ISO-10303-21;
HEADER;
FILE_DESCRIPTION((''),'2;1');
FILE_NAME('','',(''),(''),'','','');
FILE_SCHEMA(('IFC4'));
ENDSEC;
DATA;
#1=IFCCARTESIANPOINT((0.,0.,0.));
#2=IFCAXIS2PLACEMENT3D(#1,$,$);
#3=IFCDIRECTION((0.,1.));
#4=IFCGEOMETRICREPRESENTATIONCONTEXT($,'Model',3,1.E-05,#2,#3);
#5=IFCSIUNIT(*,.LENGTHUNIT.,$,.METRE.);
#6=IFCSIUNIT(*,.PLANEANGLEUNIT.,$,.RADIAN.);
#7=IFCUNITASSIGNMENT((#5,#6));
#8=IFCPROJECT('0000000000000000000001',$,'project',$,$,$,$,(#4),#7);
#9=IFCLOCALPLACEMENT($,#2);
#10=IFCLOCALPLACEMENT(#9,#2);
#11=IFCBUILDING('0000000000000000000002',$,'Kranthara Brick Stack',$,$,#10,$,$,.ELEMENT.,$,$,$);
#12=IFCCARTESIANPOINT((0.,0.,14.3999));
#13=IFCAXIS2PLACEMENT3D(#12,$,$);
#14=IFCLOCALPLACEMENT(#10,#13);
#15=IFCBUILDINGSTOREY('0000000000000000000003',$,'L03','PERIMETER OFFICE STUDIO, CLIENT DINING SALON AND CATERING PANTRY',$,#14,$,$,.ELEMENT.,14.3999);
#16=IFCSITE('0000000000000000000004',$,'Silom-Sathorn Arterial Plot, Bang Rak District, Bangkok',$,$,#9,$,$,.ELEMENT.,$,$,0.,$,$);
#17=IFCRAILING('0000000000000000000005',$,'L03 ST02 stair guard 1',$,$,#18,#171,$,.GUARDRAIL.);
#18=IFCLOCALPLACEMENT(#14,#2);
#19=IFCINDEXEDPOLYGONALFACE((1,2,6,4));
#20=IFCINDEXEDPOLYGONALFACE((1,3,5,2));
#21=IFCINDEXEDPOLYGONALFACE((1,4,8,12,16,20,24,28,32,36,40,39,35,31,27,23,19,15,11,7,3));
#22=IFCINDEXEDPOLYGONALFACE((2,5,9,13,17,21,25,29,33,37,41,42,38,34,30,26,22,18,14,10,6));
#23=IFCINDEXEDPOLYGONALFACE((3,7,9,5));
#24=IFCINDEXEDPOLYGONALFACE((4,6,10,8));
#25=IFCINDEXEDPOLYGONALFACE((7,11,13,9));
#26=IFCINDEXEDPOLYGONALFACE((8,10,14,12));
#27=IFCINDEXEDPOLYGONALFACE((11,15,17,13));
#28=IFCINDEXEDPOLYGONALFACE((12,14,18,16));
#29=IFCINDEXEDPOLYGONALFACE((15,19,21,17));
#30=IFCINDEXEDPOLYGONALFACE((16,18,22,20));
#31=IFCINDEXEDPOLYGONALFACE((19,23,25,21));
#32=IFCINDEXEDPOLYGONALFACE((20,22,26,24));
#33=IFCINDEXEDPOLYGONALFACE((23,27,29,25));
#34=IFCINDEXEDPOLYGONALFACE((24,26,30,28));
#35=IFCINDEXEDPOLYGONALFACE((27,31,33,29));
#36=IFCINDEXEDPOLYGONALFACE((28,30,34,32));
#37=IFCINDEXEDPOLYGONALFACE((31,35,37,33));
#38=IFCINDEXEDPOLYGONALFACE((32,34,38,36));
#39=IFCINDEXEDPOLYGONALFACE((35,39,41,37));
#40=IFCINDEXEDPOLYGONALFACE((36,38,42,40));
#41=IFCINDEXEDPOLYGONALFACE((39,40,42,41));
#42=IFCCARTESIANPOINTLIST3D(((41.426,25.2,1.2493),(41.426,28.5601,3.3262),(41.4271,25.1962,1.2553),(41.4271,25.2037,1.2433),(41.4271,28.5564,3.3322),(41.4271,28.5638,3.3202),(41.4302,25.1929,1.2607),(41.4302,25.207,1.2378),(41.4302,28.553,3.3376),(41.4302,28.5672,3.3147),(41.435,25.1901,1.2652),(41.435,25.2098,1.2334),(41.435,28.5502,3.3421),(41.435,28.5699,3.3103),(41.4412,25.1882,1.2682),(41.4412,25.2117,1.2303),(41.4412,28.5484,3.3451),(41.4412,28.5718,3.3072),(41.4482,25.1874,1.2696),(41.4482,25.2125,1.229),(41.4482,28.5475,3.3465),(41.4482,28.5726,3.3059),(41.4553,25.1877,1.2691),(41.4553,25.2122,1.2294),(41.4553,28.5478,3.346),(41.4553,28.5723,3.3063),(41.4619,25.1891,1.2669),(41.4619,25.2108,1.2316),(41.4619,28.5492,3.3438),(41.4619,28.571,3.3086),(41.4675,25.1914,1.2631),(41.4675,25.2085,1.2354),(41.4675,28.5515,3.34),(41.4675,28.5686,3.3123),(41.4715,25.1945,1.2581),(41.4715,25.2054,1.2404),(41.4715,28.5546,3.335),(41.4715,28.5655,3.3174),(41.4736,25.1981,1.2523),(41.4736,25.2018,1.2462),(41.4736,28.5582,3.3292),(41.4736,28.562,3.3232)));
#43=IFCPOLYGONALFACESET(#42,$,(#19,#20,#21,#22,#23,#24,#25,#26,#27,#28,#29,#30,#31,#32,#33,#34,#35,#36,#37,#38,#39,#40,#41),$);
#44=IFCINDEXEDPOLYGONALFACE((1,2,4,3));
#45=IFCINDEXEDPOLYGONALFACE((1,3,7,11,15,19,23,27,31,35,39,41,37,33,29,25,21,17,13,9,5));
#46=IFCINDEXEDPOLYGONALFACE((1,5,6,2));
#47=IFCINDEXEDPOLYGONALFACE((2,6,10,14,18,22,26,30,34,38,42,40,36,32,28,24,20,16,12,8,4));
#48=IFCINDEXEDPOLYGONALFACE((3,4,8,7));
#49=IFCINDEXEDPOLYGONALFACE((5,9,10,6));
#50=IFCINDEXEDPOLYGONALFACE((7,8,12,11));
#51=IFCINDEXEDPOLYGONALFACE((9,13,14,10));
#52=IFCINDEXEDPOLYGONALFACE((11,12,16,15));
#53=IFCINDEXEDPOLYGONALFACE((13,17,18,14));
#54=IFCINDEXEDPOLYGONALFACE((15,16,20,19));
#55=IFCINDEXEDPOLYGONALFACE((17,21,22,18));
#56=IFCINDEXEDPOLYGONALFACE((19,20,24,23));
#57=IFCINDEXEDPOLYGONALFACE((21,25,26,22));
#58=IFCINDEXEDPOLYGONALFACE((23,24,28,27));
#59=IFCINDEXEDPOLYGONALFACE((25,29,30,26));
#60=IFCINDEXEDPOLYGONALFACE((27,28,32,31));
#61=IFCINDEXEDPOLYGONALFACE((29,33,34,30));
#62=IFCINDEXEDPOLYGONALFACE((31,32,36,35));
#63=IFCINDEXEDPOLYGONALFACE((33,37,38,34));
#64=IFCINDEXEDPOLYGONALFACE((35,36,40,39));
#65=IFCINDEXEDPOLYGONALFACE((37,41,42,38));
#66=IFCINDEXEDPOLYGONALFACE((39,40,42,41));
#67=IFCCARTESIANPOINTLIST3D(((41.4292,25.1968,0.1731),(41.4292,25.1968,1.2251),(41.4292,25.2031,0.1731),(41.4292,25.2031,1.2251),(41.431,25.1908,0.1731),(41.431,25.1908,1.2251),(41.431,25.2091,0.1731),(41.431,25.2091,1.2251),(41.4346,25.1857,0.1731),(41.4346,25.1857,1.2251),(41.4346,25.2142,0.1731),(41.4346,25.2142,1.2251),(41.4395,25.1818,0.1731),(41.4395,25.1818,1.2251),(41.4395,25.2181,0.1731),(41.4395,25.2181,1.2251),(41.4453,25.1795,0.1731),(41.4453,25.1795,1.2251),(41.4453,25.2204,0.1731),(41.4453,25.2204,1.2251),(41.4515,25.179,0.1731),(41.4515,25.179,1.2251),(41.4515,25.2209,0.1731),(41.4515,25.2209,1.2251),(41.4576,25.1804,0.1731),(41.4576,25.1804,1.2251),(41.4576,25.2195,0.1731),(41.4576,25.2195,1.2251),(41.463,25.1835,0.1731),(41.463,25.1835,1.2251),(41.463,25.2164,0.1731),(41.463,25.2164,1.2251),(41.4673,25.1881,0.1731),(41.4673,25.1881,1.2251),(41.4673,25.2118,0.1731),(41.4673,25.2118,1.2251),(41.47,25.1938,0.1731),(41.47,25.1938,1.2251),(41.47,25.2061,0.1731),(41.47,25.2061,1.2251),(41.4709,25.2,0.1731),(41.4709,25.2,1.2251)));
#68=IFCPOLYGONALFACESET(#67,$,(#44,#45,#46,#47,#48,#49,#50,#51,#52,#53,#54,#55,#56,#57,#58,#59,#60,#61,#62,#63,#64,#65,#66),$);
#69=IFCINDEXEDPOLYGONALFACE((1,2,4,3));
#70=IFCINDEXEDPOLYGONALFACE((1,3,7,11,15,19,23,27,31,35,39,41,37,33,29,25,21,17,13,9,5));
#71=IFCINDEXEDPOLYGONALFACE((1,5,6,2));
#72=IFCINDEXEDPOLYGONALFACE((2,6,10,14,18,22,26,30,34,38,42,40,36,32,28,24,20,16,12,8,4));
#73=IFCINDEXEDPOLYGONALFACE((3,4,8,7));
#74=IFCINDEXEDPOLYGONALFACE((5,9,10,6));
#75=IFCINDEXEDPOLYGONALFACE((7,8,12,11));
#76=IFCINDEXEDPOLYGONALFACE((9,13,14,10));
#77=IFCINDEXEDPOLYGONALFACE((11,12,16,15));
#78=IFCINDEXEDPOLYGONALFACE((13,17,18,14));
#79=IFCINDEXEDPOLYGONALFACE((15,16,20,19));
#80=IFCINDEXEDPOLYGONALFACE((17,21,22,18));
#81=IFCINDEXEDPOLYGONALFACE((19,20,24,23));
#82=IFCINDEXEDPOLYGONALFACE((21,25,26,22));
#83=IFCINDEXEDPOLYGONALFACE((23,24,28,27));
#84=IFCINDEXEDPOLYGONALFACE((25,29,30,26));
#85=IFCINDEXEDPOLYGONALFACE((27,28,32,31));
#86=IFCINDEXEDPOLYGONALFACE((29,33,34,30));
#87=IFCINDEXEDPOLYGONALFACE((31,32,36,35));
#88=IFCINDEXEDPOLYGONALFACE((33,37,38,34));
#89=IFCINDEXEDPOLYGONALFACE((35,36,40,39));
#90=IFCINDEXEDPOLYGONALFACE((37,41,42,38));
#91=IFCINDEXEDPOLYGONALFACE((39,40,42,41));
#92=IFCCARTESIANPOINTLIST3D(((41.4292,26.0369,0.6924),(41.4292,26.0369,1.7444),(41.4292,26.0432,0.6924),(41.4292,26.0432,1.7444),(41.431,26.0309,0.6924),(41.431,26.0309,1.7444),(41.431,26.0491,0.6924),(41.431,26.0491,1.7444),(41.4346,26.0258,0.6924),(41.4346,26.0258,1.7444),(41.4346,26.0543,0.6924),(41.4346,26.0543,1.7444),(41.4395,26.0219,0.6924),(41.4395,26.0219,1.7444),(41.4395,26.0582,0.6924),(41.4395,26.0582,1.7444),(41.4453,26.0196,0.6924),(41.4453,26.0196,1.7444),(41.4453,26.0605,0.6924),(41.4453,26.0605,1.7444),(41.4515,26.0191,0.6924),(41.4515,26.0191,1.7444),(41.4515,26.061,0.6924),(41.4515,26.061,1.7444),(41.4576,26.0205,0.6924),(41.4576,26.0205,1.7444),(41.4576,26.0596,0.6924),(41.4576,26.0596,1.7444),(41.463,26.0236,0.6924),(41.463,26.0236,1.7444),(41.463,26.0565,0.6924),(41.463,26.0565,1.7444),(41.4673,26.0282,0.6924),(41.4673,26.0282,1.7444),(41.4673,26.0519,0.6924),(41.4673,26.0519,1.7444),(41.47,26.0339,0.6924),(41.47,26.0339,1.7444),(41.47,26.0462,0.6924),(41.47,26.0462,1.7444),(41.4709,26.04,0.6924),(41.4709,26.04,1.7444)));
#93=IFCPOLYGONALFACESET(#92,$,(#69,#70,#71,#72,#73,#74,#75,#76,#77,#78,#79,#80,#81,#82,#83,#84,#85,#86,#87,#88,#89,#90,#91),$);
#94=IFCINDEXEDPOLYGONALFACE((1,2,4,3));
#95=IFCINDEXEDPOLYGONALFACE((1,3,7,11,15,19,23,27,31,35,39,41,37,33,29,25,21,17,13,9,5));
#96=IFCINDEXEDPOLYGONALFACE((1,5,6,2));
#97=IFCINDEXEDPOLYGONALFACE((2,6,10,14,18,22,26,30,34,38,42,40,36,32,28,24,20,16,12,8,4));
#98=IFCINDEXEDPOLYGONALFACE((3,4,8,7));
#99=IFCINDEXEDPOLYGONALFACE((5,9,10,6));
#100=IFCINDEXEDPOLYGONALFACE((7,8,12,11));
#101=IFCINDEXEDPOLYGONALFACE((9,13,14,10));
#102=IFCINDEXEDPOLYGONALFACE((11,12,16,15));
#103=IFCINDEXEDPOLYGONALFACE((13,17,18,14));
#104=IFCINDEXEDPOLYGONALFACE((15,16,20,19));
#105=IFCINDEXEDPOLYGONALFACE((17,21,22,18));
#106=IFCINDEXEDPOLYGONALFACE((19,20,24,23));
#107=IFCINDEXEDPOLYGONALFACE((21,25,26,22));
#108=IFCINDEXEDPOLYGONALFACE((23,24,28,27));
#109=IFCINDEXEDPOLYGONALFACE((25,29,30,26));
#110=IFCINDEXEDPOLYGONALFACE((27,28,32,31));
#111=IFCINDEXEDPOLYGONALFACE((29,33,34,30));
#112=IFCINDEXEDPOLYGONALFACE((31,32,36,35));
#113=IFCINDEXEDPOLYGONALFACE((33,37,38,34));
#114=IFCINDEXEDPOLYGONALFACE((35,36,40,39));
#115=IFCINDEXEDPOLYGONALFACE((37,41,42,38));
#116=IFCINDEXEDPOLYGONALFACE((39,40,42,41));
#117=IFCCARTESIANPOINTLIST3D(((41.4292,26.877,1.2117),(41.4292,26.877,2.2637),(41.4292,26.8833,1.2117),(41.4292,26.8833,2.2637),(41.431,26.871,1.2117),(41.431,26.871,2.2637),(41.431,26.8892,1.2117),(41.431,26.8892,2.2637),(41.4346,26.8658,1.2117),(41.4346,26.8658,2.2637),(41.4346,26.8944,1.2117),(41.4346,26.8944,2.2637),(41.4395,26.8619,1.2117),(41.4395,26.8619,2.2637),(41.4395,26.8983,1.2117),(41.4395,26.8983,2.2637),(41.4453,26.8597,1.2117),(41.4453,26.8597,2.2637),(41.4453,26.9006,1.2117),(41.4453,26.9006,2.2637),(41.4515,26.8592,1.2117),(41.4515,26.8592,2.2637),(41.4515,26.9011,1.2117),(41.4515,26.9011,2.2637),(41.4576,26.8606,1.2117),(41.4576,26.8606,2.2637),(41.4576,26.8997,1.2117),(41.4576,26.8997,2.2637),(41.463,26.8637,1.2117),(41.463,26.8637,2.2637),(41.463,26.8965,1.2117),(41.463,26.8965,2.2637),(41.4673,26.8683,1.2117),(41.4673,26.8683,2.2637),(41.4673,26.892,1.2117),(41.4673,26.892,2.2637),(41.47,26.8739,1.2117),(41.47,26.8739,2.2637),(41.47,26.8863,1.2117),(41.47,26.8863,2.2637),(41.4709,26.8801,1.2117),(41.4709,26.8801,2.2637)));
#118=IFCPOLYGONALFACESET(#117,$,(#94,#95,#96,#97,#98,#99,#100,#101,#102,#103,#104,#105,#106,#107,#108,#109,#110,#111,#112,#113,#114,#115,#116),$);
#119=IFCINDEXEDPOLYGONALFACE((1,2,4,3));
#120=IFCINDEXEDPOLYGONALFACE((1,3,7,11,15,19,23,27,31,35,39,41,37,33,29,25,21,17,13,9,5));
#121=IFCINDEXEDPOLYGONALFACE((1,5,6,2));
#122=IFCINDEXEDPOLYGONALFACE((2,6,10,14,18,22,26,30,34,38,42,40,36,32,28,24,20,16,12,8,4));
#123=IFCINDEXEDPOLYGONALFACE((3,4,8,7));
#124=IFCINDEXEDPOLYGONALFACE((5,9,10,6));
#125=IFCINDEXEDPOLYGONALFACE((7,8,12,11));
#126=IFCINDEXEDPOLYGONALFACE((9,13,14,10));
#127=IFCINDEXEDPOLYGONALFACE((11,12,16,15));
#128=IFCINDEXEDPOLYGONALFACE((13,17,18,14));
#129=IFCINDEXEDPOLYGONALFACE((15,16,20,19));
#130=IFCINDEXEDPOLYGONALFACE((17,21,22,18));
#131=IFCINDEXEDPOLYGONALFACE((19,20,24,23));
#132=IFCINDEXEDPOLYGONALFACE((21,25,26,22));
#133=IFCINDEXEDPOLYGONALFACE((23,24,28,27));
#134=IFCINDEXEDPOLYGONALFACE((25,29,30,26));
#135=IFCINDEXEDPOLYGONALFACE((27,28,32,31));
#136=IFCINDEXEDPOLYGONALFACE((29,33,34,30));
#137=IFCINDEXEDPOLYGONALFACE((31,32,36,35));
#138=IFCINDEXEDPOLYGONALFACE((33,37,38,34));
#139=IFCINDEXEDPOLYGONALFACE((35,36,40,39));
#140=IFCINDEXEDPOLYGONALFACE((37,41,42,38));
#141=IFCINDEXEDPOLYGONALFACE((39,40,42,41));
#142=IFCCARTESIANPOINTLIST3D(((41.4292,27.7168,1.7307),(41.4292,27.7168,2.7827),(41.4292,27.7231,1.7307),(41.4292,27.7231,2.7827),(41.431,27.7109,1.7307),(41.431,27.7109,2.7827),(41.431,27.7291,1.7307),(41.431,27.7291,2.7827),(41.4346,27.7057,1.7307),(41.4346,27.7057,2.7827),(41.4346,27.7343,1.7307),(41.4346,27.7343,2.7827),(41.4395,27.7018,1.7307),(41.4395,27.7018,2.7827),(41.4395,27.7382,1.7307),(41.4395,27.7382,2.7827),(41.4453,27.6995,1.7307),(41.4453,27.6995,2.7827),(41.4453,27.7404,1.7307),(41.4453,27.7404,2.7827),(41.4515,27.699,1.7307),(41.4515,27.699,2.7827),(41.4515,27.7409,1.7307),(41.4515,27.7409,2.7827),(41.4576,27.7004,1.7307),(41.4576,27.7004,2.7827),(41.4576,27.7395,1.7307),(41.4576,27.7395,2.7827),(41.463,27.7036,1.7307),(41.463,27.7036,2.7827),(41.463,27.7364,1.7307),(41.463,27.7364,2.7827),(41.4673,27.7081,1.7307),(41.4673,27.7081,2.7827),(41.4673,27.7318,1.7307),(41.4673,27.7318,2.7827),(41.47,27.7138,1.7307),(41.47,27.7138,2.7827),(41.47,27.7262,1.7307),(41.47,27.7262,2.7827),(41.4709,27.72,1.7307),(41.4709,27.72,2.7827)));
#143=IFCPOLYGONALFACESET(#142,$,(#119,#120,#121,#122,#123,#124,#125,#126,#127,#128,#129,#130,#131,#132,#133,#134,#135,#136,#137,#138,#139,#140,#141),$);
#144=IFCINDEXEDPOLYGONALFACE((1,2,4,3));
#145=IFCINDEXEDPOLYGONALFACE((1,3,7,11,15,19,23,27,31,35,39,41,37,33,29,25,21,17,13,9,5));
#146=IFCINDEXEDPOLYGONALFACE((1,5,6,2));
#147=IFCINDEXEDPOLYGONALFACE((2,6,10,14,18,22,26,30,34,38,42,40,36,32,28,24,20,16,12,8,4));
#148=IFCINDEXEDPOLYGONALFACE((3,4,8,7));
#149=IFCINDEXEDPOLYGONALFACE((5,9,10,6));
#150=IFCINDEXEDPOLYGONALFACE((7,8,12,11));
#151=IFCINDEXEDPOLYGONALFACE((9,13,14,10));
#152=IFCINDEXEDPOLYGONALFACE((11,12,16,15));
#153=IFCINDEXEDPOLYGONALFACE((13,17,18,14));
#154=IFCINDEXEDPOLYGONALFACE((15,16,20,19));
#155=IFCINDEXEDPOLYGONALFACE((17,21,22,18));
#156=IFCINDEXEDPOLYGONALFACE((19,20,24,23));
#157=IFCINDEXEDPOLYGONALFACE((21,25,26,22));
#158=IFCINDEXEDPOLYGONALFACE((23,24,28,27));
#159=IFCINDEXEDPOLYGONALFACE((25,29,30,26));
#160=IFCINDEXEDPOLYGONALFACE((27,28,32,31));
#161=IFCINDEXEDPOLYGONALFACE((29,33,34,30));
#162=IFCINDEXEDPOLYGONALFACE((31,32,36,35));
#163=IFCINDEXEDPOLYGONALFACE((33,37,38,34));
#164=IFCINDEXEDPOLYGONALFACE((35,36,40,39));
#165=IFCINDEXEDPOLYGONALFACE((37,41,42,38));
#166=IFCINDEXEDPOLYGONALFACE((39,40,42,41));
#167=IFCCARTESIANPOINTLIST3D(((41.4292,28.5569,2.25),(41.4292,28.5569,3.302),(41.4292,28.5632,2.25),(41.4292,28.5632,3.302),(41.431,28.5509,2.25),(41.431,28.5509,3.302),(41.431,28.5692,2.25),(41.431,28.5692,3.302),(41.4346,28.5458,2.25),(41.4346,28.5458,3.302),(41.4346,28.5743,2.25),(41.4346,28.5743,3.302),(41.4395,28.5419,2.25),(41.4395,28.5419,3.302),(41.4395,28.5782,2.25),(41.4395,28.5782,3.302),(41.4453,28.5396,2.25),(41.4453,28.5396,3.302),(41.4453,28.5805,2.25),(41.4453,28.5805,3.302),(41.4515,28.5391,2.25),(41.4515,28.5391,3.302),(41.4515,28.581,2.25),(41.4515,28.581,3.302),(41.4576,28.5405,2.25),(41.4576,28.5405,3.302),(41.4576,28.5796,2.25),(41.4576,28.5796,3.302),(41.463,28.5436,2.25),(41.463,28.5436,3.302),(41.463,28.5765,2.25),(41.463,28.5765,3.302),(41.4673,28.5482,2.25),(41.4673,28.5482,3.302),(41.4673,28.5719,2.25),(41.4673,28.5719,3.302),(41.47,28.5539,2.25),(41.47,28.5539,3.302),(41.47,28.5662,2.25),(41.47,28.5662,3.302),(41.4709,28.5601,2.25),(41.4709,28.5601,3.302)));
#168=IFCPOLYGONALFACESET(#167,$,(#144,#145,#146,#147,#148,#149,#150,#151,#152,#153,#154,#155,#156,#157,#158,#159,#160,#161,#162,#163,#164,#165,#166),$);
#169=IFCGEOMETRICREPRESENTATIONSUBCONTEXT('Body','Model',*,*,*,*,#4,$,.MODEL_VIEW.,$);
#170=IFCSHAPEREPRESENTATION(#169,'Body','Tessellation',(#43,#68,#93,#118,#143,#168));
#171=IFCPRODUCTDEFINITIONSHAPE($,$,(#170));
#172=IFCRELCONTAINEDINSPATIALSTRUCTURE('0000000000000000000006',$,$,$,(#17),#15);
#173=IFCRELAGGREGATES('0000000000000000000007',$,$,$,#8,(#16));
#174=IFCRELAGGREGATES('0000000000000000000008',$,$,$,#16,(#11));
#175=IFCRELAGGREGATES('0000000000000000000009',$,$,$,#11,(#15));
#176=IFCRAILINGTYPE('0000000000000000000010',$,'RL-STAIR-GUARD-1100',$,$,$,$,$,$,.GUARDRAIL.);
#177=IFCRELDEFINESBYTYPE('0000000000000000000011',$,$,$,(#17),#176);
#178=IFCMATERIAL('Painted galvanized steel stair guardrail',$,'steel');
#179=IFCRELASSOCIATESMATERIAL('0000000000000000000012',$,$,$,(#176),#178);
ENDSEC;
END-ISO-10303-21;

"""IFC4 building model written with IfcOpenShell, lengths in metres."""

from ifc_helpers import new_model, si_unit, direction, frame, origin, origin_2d, place, context, subcontext, project, spatial, circle, extrude, material, type_object, element, save


model = new_model("IFC4")

# Units and contexts
model_context = context("Model", 3, precision=1e-05, world=origin(), true_north=direction((0.0, 1.0)))
body_context = subcontext(model_context, "Body", "Model", "MODEL_VIEW")
ifc_project = project(units=[si_unit("LENGTHUNIT", "METRE"), si_unit("PLANEANGLEUNIT", "RADIAN")], contexts=[model_context])

# Site, building, storey
site_placement = place(None, origin())
site = spatial("IfcSite", under=ifc_project, at=site_placement, Name="Silom-Sathorn Arterial Plot, Bang Rak District, Bangkok", CompositionType="ELEMENT", RefElevation=0.0)
building_placement = place(site_placement, origin())
building = spatial("IfcBuilding", under=site, at=building_placement, Name="Kranthara Brick Stack", CompositionType="ELEMENT")
storey_placement = place(building_placement, frame((0.0, 0.0, 14.3999)))
storey = spatial("IfcBuildingStorey", under=building, at=storey_placement, Name="L03", Description="PERIMETER OFFICE STUDIO, CLIENT DINING SALON AND CATERING PANTRY", CompositionType="ELEMENT", Elevation=14.3999)

# Railing
ifc_material_1 = material(Name="Painted galvanized steel stair guardrail", Category="steel")
railing_type_1 = type_object("IfcRailingType", Name="RL-STAIR-GUARD-1100", PredefinedType="GUARDRAIL", material=ifc_material_1)
railing_1_placement = place(storey_placement, frame((41.45, 25.2, 0.1731)))
element("IfcRailing", 1, at=railing_1_placement, inside=storey, type_object=railing_type_1, Name="L03 ST02 stair guard 1", PredefinedType="GUARDRAIL", context=body_context, shape_type="SweptSolid", body=[
    extrude(circle(Radius=0.0239, at=origin_2d()), frame((0.0, 0.0, 1.0762), z_axis=(0.0, 0.850623, 0.525776), x_axis=(-1.0, 0.0, 0.0)), (0.0, 0.0, 1.0), 3.9502),
    extrude(circle(Radius=0.021, at=origin_2d()), origin(), (0.0, 0.0, 1.0), 1.052),
    extrude(circle(Radius=0.021, at=origin_2d()), frame((0.0, 0.8401, 0.5193)), (0.0, 0.0, 1.0), 1.052),
    extrude(circle(Radius=0.021, at=origin_2d()), frame((0.0, 1.6802, 1.0386)), (0.0, 0.0, 1.0), 1.052),
    extrude(circle(Radius=0.021, at=origin_2d()), frame((0.0, 2.52, 1.5576)), (0.0, 0.0, 1.0), 1.052),
    extrude(circle(Radius=0.021, at=origin_2d()), frame((0.0, 3.3601, 2.0769)), (0.0, 0.0, 1.0), 1.052),
])

save(model, "model.ifc")
